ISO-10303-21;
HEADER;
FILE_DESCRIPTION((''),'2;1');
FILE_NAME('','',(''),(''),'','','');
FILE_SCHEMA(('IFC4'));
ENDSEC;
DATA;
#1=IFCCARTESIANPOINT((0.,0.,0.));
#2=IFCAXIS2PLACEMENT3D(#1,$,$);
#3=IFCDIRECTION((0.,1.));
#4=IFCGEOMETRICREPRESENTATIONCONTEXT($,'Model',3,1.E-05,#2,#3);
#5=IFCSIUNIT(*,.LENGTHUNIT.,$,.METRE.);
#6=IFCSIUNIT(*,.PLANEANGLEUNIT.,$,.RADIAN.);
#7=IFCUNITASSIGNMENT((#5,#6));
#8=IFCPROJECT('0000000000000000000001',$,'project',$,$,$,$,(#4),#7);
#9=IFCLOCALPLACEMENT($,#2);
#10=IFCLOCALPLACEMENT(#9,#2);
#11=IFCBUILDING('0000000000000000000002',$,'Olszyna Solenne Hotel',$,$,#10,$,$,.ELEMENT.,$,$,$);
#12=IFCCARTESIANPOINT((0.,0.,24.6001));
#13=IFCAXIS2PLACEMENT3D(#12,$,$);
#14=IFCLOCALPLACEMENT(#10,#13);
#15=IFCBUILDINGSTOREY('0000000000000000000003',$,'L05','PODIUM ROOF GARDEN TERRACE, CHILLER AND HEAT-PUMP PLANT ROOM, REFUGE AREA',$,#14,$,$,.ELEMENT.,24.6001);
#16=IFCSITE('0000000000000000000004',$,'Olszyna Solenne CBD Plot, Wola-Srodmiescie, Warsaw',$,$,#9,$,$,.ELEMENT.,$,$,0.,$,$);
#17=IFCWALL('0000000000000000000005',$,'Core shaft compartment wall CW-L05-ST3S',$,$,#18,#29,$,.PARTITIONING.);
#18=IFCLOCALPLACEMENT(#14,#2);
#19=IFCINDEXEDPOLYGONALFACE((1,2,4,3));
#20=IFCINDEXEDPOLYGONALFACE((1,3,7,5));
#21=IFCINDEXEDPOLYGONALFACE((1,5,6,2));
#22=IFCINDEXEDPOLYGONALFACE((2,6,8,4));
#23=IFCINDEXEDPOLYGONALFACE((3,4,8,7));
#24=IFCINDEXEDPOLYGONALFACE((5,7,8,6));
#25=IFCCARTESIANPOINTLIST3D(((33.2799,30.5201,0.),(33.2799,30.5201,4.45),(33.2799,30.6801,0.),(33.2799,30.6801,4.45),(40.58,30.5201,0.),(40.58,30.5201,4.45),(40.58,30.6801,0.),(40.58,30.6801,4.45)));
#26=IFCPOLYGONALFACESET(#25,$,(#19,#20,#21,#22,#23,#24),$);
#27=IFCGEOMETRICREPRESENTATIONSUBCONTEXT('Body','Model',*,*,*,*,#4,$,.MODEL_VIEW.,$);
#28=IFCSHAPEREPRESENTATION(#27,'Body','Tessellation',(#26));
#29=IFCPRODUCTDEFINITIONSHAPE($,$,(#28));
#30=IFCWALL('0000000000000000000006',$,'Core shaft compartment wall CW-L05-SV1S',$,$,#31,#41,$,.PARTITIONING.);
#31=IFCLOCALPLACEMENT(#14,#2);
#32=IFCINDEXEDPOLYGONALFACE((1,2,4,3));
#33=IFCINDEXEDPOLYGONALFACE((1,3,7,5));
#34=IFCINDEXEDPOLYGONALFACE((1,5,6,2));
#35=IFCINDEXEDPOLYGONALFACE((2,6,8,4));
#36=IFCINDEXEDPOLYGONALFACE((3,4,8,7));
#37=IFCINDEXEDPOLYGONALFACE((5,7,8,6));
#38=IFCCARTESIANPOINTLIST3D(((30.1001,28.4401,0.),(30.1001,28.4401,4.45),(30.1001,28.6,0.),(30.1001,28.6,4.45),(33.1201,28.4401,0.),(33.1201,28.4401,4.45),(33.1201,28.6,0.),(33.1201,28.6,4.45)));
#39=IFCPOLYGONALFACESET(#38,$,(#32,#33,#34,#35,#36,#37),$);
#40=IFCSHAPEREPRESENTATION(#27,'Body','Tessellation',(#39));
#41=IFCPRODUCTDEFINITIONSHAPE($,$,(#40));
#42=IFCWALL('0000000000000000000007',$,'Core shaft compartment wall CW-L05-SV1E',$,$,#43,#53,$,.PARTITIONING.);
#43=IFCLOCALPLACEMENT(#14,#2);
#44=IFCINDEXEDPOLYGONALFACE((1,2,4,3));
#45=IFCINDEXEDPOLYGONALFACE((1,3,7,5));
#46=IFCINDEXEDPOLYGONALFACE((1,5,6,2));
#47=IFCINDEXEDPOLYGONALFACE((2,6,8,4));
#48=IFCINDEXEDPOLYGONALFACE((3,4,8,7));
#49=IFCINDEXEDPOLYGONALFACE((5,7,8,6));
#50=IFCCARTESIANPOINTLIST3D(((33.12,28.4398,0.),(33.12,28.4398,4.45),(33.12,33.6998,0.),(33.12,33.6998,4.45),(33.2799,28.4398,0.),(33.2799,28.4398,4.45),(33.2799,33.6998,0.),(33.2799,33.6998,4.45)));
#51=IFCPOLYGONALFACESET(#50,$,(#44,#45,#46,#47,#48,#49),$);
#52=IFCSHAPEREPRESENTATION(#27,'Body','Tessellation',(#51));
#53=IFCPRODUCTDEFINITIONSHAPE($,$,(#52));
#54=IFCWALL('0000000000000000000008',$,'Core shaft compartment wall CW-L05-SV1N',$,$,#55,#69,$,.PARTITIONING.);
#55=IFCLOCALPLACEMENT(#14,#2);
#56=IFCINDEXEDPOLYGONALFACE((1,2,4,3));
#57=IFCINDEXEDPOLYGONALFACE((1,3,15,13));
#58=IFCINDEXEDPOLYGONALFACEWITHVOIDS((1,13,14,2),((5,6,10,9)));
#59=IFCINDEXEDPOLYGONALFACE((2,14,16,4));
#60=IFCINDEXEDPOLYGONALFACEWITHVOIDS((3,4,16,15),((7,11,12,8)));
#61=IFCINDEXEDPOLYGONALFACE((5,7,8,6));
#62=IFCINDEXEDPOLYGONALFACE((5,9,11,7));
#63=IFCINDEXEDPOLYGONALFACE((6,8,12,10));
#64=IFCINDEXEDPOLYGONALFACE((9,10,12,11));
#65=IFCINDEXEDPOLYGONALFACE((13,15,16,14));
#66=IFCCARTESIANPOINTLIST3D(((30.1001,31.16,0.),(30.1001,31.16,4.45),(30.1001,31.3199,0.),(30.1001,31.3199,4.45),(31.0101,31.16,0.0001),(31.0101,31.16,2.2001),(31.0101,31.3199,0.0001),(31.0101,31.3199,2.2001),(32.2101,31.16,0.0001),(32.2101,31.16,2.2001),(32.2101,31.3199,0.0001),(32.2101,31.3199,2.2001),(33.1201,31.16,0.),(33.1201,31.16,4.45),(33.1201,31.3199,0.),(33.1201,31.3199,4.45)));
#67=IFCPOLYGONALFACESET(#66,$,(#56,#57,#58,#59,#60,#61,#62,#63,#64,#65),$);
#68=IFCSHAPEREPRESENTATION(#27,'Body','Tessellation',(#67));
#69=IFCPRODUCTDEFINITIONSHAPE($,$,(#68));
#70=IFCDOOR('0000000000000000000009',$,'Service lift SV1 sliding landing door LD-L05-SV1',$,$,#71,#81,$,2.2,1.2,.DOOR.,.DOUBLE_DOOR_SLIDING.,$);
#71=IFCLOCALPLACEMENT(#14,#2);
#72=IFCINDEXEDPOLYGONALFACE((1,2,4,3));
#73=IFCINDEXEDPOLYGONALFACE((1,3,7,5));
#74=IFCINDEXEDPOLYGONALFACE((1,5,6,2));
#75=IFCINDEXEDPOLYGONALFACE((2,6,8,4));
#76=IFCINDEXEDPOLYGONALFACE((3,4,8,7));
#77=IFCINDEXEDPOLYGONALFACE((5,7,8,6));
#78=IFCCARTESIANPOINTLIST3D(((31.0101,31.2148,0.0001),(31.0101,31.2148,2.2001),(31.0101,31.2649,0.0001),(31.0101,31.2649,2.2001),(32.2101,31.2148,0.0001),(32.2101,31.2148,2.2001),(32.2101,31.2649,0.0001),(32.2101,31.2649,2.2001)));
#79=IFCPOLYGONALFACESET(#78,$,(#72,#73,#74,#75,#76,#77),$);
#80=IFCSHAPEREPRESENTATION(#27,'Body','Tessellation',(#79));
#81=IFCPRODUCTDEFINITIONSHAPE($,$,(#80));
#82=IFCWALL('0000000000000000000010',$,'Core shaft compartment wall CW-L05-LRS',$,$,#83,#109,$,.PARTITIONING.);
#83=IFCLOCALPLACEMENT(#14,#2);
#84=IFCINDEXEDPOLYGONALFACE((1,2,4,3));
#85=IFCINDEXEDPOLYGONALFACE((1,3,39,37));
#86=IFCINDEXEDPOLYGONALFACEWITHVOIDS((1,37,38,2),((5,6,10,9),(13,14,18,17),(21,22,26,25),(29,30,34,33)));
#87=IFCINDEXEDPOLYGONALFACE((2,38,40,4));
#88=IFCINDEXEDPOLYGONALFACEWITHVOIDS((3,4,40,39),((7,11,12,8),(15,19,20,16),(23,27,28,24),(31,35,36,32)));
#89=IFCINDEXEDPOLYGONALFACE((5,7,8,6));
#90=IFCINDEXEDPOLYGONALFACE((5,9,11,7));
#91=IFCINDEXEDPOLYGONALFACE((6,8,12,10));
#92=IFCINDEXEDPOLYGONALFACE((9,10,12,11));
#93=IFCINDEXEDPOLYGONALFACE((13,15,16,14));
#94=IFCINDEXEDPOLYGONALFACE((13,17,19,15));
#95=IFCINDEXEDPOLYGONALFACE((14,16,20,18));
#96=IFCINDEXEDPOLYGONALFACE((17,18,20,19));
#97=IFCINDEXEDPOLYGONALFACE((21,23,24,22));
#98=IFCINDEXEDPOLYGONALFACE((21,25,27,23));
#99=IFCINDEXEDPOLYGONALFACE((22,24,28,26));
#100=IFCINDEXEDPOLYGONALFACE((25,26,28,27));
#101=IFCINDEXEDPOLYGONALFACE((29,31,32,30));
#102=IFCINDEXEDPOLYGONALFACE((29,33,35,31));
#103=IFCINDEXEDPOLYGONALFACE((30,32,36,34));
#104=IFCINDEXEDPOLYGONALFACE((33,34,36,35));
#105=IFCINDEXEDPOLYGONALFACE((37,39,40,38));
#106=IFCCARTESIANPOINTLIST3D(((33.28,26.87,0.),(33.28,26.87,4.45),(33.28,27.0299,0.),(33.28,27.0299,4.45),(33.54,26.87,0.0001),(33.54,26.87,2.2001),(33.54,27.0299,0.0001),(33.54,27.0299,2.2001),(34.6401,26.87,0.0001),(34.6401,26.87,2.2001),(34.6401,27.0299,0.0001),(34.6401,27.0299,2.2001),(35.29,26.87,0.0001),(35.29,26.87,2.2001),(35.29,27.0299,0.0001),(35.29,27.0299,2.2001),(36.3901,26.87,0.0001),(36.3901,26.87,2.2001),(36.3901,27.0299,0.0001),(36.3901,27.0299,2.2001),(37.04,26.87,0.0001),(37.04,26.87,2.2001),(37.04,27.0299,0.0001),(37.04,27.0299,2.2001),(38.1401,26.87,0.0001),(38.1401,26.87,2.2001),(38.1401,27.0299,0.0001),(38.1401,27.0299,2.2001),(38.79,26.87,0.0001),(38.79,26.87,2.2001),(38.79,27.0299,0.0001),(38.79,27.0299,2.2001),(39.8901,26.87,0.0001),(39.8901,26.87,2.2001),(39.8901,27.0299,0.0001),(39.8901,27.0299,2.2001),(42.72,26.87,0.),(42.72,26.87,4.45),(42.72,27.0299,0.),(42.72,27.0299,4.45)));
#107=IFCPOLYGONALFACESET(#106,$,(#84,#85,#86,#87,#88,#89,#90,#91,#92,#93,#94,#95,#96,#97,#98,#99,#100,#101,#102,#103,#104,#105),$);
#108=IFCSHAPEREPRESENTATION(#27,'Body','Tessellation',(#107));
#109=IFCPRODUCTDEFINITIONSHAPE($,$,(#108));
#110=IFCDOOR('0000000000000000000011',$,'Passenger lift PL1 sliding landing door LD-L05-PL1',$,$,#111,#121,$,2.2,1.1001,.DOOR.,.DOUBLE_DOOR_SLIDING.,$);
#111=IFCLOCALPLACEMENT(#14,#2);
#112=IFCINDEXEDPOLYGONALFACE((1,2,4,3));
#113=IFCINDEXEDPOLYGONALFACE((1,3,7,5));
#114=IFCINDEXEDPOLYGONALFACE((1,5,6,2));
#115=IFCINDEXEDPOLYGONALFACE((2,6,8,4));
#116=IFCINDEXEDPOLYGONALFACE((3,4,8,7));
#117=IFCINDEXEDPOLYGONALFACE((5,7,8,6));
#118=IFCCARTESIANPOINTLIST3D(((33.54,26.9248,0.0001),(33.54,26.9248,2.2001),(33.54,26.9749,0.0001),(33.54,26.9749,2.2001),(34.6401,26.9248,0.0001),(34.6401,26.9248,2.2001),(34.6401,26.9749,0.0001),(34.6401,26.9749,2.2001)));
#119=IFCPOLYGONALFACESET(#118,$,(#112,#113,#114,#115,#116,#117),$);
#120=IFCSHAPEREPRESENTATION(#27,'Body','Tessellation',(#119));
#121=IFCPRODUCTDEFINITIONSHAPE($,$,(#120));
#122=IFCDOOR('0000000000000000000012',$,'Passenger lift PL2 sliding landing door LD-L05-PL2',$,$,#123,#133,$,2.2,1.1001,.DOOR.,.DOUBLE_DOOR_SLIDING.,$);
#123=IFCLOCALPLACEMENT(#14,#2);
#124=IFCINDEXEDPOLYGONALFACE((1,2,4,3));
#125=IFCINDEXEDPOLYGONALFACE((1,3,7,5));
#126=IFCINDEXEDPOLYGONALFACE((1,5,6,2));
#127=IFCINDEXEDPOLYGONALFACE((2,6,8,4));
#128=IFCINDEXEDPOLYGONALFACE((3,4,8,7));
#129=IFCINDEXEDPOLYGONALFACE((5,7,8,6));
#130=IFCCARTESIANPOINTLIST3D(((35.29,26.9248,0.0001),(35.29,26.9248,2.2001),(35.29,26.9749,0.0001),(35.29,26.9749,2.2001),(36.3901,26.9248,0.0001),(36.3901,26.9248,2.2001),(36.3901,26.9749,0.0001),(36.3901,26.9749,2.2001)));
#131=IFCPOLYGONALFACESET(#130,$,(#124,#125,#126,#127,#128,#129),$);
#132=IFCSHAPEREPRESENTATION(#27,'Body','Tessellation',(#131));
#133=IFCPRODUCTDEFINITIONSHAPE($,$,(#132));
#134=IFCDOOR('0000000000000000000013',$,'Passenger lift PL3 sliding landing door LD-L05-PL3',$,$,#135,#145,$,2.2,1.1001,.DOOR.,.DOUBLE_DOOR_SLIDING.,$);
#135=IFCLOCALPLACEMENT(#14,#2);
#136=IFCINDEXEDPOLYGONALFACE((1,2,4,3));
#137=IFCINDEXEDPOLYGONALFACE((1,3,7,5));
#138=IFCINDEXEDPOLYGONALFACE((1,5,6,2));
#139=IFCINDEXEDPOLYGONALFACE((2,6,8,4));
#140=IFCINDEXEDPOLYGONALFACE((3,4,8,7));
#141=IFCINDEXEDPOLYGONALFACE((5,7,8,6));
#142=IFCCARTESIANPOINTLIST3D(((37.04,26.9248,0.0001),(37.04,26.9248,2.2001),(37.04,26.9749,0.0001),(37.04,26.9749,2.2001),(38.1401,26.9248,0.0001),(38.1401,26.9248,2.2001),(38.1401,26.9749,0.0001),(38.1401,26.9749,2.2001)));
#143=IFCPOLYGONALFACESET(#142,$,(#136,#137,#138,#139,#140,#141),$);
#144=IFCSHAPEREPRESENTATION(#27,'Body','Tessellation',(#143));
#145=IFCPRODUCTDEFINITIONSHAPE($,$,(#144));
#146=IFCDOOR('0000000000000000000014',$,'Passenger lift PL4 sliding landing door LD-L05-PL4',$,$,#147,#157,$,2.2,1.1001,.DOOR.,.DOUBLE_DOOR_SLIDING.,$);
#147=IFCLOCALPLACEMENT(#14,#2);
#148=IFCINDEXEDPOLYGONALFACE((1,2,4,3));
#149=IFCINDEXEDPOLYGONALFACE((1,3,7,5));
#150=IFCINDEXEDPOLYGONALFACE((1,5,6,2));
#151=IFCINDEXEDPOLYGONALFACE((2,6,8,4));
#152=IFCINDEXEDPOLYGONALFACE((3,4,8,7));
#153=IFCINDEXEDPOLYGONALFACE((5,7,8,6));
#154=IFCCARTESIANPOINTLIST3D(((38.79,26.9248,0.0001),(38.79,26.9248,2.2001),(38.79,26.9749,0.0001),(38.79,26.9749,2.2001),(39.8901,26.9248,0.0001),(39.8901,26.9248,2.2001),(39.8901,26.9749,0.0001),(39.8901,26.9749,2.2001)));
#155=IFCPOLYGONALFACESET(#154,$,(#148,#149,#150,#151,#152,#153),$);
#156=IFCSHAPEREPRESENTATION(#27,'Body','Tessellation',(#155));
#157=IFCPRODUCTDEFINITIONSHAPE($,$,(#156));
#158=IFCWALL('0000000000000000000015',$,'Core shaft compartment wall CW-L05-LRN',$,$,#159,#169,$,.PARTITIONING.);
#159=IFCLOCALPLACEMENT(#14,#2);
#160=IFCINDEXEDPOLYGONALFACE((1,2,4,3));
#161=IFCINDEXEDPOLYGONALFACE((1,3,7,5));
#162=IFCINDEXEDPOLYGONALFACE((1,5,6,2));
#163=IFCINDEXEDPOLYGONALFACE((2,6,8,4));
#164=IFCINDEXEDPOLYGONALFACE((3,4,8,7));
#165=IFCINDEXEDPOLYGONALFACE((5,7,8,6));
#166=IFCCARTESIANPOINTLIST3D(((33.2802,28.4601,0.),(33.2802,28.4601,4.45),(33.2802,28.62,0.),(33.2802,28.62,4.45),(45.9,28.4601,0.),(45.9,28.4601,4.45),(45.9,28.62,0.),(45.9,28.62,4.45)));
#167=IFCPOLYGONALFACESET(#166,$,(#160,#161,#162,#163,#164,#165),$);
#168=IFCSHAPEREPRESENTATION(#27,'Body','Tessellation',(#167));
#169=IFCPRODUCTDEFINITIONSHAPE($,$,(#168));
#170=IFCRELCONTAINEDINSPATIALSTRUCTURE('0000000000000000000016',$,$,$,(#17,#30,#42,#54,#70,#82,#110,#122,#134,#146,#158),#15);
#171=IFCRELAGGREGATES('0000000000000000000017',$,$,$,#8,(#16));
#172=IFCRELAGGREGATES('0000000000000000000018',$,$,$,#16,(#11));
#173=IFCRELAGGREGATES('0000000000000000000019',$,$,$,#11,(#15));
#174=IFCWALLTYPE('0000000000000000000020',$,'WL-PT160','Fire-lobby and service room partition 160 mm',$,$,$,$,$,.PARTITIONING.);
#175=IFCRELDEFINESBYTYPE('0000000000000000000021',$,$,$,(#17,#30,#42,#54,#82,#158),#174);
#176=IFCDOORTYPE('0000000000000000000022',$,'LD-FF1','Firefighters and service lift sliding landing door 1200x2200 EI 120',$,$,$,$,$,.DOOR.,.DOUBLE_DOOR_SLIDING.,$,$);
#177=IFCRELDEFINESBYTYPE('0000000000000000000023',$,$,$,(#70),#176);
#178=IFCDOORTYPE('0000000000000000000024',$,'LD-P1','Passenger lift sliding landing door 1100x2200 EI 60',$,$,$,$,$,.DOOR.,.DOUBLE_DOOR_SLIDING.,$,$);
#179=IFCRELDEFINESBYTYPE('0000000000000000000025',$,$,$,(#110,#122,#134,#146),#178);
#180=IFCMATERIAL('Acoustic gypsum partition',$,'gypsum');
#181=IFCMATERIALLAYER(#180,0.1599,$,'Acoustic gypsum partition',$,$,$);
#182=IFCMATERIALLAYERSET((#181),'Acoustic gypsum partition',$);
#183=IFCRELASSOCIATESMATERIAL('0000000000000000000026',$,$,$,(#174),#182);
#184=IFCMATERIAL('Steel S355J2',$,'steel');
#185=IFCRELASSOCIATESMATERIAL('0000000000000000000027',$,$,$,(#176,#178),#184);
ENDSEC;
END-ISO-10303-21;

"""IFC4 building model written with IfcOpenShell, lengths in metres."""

from ifc_helpers import new_model, si_unit, direction, frame, frame_2d, origin, place, context, subcontext, project, spatial, rectangle, extrude, source, transform, mapped, material, layer, layer_set, type_object, type_shapes, element, fill, save


model = new_model("IFC4")

# Units and contexts
model_context = context("Model", 3, precision=1e-05, world=origin(), true_north=direction((0.0, 1.0)))
body_context = subcontext(model_context, "Body", "Model", "MODEL_VIEW")
ifc_project = project(units=[si_unit("LENGTHUNIT", "METRE"), si_unit("PLANEANGLEUNIT", "RADIAN")], contexts=[model_context])

# Site, building, storey
site_placement = place(None, origin())
site = spatial("IfcSite", under=ifc_project, at=site_placement, Name="Olszyna Solenne CBD Plot, Wola-Srodmiescie, Warsaw", CompositionType="ELEMENT", RefElevation=0.0)
building_placement = place(site_placement, origin())
building = spatial("IfcBuilding", under=site, at=building_placement, Name="Olszyna Solenne Hotel", CompositionType="ELEMENT")
storey_placement = place(building_placement, frame((0.0, 0.0, 24.6001)))
storey = spatial("IfcBuildingStorey", under=building, at=storey_placement, Name="L05", Description="PODIUM ROOF GARDEN TERRACE, CHILLER AND HEAT-PUMP PLANT ROOM, REFUGE AREA", CompositionType="ELEMENT", Elevation=24.6001)

# Shared definitions
ifc_material_1 = material(Name="Steel S355J2", Category="steel")

# Walls
ifc_material_2 = material(Name="Acoustic gypsum partition", Category="gypsum")
ifc_layer_1 = layer(ifc_material_2, 0.1599, Name="Acoustic gypsum partition")
ifc_layer_set_1 = layer_set([ifc_layer_1], Name="Acoustic gypsum partition")
wall_type_1 = type_object("IfcWallType", Name="WL-PT160", Description="Fire-lobby and service room partition 160 mm", PredefinedType="PARTITIONING", material=ifc_layer_set_1)
wall_1_placement = place(storey_placement, frame((33.28, 30.6001, 0.0), z_axis=(0.0, 0.0, 1.0), x_axis=(1.0, 0.0, 0.0)))
element("IfcWall", 1, at=wall_1_placement, inside=storey, type_object=wall_type_1, Name="Core shaft compartment wall CW-L05-ST3S", PredefinedType="PARTITIONING", context=body_context, shape_type="SweptSolid", body=[
    extrude(rectangle(XDim=7.3, YDim=0.1599, at=frame_2d((3.6499, 0.0))), origin(), (0.0, 0.0, 1.0), 4.45),
])
wall_2_placement = place(storey_placement, frame((30.1001, 28.52, 0.0), z_axis=(0.0, 0.0, 1.0), x_axis=(1.0, 0.0, 0.0)))
element("IfcWall", 2, at=wall_2_placement, inside=storey, type_object=wall_type_1, Name="Core shaft compartment wall CW-L05-SV1S", PredefinedType="PARTITIONING", context=body_context, shape_type="SweptSolid", body=[
    extrude(rectangle(XDim=3.02, YDim=0.1599, at=frame_2d((1.51, 0.0))), origin(), (0.0, 0.0, 1.0), 4.45),
])
wall_3_placement = place(storey_placement, frame((33.2, 28.4399, 0.0), z_axis=(0.0, 0.0, 1.0), x_axis=(0.0, 1.0, 0.0)))
element("IfcWall", 3, at=wall_3_placement, inside=storey, type_object=wall_type_1, Name="Core shaft compartment wall CW-L05-SV1E", PredefinedType="PARTITIONING", context=body_context, shape_type="SweptSolid", body=[
    extrude(rectangle(XDim=5.26, YDim=0.1599, at=frame_2d((2.6299, 0.0))), origin(), (0.0, 0.0, 1.0), 4.45),
])

# Wall, opening, door
wall_4_placement = place(storey_placement, frame((30.1001, 31.24, 0.0), z_axis=(0.0, 0.0, 1.0), x_axis=(1.0, 0.0, 0.0)))
wall_4 = element("IfcWall", 4, at=wall_4_placement, inside=storey, type_object=wall_type_1, Name="Core shaft compartment wall CW-L05-SV1N", PredefinedType="PARTITIONING", context=body_context, shape_type="SweptSolid", body=[
    extrude(rectangle(XDim=3.02, YDim=0.1599, at=frame_2d((1.51, 0.0))), origin(), (0.0, 0.0, 1.0), 4.45),
])
opening_1_placement = place(wall_4_placement, frame((0.9099, 0.0, 0.0)))
opening_1 = element("IfcOpeningElement", 5, at=opening_1_placement, cuts=wall_4, PredefinedType="OPENING", context=body_context, shape_type="SweptSolid", body=[
    extrude(rectangle(XDim=1.2, YDim=2.2, at=frame_2d((0.6001, 1.1001))), frame((0.0, 0.0898, 0.0), z_axis=(0.0, -1.0, 0.0), x_axis=(1.0, 0.0, 0.0)), (0.0, 0.0, 1.0), 0.1799),
])
door_type_1 = type_object("IfcDoorType", Name="LD-FF1", Description="Firefighters and service lift sliding landing door 1200x2200 EI 120", OperationType="DOUBLE_DOOR_SLIDING", PredefinedType="DOOR", material=ifc_material_1)
shared_shape_1 = source(origin(), body_context, "Body", "SweptSolid", [
    extrude(rectangle(XDim=1.2, YDim=2.2, at=frame_2d((0.6001, 1.1001))), frame((0.0, 0.0249, 0.0), z_axis=(0.0, -1.0, 0.0), x_axis=(1.0, 0.0, 0.0)), (0.0, 0.0, 1.0), 0.05),
])
type_shapes(door_type_1, [shared_shape_1])
door_1_placement = place(opening_1_placement, origin())
door_1 = element("IfcDoor", 6, at=door_1_placement, inside=storey, type_object=door_type_1, Name="Service lift SV1 sliding landing door LD-L05-SV1", OperationType="DOUBLE_DOOR_SLIDING", OverallHeight=2.2, OverallWidth=1.2, PredefinedType="DOOR", context=body_context, shape_type="MappedRepresentation", body=[
    mapped(shared_shape_1, transform((0.0, 0.0, 0.0), x_axis=(1.0, 0.0, 0.0), y_axis=(0.0, 1.0, 0.0), z_axis=(0.0, 0.0, 1.0), scale=1.0)),
])
fill(opening_1, door_1)

# Wall, openings, doors
wall_5_placement = place(storey_placement, frame((33.28, 26.95, 0.0), z_axis=(0.0, 0.0, 1.0), x_axis=(1.0, 0.0, 0.0)))
wall_5 = element("IfcWall", 7, at=wall_5_placement, inside=storey, type_object=wall_type_1, Name="Core shaft compartment wall CW-L05-LRS", PredefinedType="PARTITIONING", context=body_context, shape_type="SweptSolid", body=[
    extrude(rectangle(XDim=9.4399, YDim=0.1599, at=frame_2d((4.72, 0.0))), origin(), (0.0, 0.0, 1.0), 4.45),
])
opening_2_placement = place(wall_5_placement, frame((0.26, 0.0, 0.0)))
opening_2 = element("IfcOpeningElement", 8, at=opening_2_placement, cuts=wall_5, PredefinedType="OPENING", context=body_context, shape_type="SweptSolid", body=[
    extrude(rectangle(XDim=1.1001, YDim=2.2, at=frame_2d((0.55, 1.1001))), frame((0.0, 0.0898, 0.0), z_axis=(0.0, -1.0, 0.0), x_axis=(1.0, 0.0, 0.0)), (0.0, 0.0, 1.0), 0.1799),
])
opening_3_placement = place(wall_5_placement, frame((2.01, 0.0, 0.0)))
opening_3 = element("IfcOpeningElement", 9, at=opening_3_placement, cuts=wall_5, PredefinedType="OPENING", context=body_context, shape_type="SweptSolid", body=[
    extrude(rectangle(XDim=1.1001, YDim=2.2, at=frame_2d((0.55, 1.1001))), frame((0.0, 0.0898, 0.0), z_axis=(0.0, -1.0, 0.0), x_axis=(1.0, 0.0, 0.0)), (0.0, 0.0, 1.0), 0.1799),
])
opening_4_placement = place(wall_5_placement, frame((3.76, 0.0, 0.0)))
opening_4 = element("IfcOpeningElement", 10, at=opening_4_placement, cuts=wall_5, PredefinedType="OPENING", context=body_context, shape_type="SweptSolid", body=[
    extrude(rectangle(XDim=1.1001, YDim=2.2, at=frame_2d((0.55, 1.1001))), frame((0.0, 0.0898, 0.0), z_axis=(0.0, -1.0, 0.0), x_axis=(1.0, 0.0, 0.0)), (0.0, 0.0, 1.0), 0.1799),
])
opening_5_placement = place(wall_5_placement, frame((5.51, 0.0, 0.0)))
opening_5 = element("IfcOpeningElement", 11, at=opening_5_placement, cuts=wall_5, PredefinedType="OPENING", context=body_context, shape_type="SweptSolid", body=[
    extrude(rectangle(XDim=1.1001, YDim=2.2, at=frame_2d((0.55, 1.1001))), frame((0.0, 0.0898, 0.0), z_axis=(0.0, -1.0, 0.0), x_axis=(1.0, 0.0, 0.0)), (0.0, 0.0, 1.0), 0.1799),
])
door_type_2 = type_object("IfcDoorType", Name="LD-P1", Description="Passenger lift sliding landing door 1100x2200 EI 60", OperationType="DOUBLE_DOOR_SLIDING", PredefinedType="DOOR", material=ifc_material_1)
shared_shape_2 = source(origin(), body_context, "Body", "SweptSolid", [
    extrude(rectangle(XDim=1.1001, YDim=2.2, at=frame_2d((0.55, 1.1001))), frame((0.0, 0.0249, 0.0), z_axis=(0.0, -1.0, 0.0), x_axis=(1.0, 0.0, 0.0)), (0.0, 0.0, 1.0), 0.05),
])
type_shapes(door_type_2, [shared_shape_2])
door_2_placement = place(opening_2_placement, origin())
door_2 = element("IfcDoor", 12, at=door_2_placement, inside=storey, type_object=door_type_2, Name="Passenger lift PL1 sliding landing door LD-L05-PL1", OperationType="DOUBLE_DOOR_SLIDING", OverallHeight=2.2, OverallWidth=1.1001, PredefinedType="DOOR", context=body_context, shape_type="MappedRepresentation", body=[
    mapped(shared_shape_2, transform((0.0, 0.0, 0.0), x_axis=(1.0, 0.0, 0.0), y_axis=(0.0, 1.0, 0.0), z_axis=(0.0, 0.0, 1.0), scale=1.0)),
])
fill(opening_2, door_2)
door_3_placement = place(opening_3_placement, origin())
door_3 = element("IfcDoor", 13, at=door_3_placement, inside=storey, type_object=door_type_2, Name="Passenger lift PL2 sliding landing door LD-L05-PL2", OperationType="DOUBLE_DOOR_SLIDING", OverallHeight=2.2, OverallWidth=1.1001, PredefinedType="DOOR", context=body_context, shape_type="MappedRepresentation", body=[
    mapped(shared_shape_2, transform((0.0, 0.0, 0.0), x_axis=(1.0, 0.0, 0.0), y_axis=(0.0, 1.0, 0.0), z_axis=(0.0, 0.0, 1.0), scale=1.0)),
])
fill(opening_3, door_3)
door_4_placement = place(opening_4_placement, origin())
door_4 = element("IfcDoor", 14, at=door_4_placement, inside=storey, type_object=door_type_2, Name="Passenger lift PL3 sliding landing door LD-L05-PL3", OperationType="DOUBLE_DOOR_SLIDING", OverallHeight=2.2, OverallWidth=1.1001, PredefinedType="DOOR", context=body_context, shape_type="MappedRepresentation", body=[
    mapped(shared_shape_2, transform((0.0, 0.0, 0.0), x_axis=(1.0, 0.0, 0.0), y_axis=(0.0, 1.0, 0.0), z_axis=(0.0, 0.0, 1.0), scale=1.0)),
])
fill(opening_4, door_4)
door_5_placement = place(opening_5_placement, origin())
door_5 = element("IfcDoor", 15, at=door_5_placement, inside=storey, type_object=door_type_2, Name="Passenger lift PL4 sliding landing door LD-L05-PL4", OperationType="DOUBLE_DOOR_SLIDING", OverallHeight=2.2, OverallWidth=1.1001, PredefinedType="DOOR", context=body_context, shape_type="MappedRepresentation", body=[
    mapped(shared_shape_2, transform((0.0, 0.0, 0.0), x_axis=(1.0, 0.0, 0.0), y_axis=(0.0, 1.0, 0.0), z_axis=(0.0, 0.0, 1.0), scale=1.0)),
])
fill(opening_5, door_5)

# Wall
wall_6_placement = place(storey_placement, frame((33.28, 28.54, 0.0), z_axis=(0.0, 0.0, 1.0), x_axis=(1.0, 0.0, 0.0)))
element("IfcWall", 16, at=wall_6_placement, inside=storey, type_object=wall_type_1, Name="Core shaft compartment wall CW-L05-LRN", PredefinedType="PARTITIONING", context=body_context, shape_type="SweptSolid", body=[
    extrude(rectangle(XDim=12.6199, YDim=0.1599, at=frame_2d((6.3101, 0.0))), origin(), (0.0, 0.0, 1.0), 4.45),
])

save(model, "model.ifc")
